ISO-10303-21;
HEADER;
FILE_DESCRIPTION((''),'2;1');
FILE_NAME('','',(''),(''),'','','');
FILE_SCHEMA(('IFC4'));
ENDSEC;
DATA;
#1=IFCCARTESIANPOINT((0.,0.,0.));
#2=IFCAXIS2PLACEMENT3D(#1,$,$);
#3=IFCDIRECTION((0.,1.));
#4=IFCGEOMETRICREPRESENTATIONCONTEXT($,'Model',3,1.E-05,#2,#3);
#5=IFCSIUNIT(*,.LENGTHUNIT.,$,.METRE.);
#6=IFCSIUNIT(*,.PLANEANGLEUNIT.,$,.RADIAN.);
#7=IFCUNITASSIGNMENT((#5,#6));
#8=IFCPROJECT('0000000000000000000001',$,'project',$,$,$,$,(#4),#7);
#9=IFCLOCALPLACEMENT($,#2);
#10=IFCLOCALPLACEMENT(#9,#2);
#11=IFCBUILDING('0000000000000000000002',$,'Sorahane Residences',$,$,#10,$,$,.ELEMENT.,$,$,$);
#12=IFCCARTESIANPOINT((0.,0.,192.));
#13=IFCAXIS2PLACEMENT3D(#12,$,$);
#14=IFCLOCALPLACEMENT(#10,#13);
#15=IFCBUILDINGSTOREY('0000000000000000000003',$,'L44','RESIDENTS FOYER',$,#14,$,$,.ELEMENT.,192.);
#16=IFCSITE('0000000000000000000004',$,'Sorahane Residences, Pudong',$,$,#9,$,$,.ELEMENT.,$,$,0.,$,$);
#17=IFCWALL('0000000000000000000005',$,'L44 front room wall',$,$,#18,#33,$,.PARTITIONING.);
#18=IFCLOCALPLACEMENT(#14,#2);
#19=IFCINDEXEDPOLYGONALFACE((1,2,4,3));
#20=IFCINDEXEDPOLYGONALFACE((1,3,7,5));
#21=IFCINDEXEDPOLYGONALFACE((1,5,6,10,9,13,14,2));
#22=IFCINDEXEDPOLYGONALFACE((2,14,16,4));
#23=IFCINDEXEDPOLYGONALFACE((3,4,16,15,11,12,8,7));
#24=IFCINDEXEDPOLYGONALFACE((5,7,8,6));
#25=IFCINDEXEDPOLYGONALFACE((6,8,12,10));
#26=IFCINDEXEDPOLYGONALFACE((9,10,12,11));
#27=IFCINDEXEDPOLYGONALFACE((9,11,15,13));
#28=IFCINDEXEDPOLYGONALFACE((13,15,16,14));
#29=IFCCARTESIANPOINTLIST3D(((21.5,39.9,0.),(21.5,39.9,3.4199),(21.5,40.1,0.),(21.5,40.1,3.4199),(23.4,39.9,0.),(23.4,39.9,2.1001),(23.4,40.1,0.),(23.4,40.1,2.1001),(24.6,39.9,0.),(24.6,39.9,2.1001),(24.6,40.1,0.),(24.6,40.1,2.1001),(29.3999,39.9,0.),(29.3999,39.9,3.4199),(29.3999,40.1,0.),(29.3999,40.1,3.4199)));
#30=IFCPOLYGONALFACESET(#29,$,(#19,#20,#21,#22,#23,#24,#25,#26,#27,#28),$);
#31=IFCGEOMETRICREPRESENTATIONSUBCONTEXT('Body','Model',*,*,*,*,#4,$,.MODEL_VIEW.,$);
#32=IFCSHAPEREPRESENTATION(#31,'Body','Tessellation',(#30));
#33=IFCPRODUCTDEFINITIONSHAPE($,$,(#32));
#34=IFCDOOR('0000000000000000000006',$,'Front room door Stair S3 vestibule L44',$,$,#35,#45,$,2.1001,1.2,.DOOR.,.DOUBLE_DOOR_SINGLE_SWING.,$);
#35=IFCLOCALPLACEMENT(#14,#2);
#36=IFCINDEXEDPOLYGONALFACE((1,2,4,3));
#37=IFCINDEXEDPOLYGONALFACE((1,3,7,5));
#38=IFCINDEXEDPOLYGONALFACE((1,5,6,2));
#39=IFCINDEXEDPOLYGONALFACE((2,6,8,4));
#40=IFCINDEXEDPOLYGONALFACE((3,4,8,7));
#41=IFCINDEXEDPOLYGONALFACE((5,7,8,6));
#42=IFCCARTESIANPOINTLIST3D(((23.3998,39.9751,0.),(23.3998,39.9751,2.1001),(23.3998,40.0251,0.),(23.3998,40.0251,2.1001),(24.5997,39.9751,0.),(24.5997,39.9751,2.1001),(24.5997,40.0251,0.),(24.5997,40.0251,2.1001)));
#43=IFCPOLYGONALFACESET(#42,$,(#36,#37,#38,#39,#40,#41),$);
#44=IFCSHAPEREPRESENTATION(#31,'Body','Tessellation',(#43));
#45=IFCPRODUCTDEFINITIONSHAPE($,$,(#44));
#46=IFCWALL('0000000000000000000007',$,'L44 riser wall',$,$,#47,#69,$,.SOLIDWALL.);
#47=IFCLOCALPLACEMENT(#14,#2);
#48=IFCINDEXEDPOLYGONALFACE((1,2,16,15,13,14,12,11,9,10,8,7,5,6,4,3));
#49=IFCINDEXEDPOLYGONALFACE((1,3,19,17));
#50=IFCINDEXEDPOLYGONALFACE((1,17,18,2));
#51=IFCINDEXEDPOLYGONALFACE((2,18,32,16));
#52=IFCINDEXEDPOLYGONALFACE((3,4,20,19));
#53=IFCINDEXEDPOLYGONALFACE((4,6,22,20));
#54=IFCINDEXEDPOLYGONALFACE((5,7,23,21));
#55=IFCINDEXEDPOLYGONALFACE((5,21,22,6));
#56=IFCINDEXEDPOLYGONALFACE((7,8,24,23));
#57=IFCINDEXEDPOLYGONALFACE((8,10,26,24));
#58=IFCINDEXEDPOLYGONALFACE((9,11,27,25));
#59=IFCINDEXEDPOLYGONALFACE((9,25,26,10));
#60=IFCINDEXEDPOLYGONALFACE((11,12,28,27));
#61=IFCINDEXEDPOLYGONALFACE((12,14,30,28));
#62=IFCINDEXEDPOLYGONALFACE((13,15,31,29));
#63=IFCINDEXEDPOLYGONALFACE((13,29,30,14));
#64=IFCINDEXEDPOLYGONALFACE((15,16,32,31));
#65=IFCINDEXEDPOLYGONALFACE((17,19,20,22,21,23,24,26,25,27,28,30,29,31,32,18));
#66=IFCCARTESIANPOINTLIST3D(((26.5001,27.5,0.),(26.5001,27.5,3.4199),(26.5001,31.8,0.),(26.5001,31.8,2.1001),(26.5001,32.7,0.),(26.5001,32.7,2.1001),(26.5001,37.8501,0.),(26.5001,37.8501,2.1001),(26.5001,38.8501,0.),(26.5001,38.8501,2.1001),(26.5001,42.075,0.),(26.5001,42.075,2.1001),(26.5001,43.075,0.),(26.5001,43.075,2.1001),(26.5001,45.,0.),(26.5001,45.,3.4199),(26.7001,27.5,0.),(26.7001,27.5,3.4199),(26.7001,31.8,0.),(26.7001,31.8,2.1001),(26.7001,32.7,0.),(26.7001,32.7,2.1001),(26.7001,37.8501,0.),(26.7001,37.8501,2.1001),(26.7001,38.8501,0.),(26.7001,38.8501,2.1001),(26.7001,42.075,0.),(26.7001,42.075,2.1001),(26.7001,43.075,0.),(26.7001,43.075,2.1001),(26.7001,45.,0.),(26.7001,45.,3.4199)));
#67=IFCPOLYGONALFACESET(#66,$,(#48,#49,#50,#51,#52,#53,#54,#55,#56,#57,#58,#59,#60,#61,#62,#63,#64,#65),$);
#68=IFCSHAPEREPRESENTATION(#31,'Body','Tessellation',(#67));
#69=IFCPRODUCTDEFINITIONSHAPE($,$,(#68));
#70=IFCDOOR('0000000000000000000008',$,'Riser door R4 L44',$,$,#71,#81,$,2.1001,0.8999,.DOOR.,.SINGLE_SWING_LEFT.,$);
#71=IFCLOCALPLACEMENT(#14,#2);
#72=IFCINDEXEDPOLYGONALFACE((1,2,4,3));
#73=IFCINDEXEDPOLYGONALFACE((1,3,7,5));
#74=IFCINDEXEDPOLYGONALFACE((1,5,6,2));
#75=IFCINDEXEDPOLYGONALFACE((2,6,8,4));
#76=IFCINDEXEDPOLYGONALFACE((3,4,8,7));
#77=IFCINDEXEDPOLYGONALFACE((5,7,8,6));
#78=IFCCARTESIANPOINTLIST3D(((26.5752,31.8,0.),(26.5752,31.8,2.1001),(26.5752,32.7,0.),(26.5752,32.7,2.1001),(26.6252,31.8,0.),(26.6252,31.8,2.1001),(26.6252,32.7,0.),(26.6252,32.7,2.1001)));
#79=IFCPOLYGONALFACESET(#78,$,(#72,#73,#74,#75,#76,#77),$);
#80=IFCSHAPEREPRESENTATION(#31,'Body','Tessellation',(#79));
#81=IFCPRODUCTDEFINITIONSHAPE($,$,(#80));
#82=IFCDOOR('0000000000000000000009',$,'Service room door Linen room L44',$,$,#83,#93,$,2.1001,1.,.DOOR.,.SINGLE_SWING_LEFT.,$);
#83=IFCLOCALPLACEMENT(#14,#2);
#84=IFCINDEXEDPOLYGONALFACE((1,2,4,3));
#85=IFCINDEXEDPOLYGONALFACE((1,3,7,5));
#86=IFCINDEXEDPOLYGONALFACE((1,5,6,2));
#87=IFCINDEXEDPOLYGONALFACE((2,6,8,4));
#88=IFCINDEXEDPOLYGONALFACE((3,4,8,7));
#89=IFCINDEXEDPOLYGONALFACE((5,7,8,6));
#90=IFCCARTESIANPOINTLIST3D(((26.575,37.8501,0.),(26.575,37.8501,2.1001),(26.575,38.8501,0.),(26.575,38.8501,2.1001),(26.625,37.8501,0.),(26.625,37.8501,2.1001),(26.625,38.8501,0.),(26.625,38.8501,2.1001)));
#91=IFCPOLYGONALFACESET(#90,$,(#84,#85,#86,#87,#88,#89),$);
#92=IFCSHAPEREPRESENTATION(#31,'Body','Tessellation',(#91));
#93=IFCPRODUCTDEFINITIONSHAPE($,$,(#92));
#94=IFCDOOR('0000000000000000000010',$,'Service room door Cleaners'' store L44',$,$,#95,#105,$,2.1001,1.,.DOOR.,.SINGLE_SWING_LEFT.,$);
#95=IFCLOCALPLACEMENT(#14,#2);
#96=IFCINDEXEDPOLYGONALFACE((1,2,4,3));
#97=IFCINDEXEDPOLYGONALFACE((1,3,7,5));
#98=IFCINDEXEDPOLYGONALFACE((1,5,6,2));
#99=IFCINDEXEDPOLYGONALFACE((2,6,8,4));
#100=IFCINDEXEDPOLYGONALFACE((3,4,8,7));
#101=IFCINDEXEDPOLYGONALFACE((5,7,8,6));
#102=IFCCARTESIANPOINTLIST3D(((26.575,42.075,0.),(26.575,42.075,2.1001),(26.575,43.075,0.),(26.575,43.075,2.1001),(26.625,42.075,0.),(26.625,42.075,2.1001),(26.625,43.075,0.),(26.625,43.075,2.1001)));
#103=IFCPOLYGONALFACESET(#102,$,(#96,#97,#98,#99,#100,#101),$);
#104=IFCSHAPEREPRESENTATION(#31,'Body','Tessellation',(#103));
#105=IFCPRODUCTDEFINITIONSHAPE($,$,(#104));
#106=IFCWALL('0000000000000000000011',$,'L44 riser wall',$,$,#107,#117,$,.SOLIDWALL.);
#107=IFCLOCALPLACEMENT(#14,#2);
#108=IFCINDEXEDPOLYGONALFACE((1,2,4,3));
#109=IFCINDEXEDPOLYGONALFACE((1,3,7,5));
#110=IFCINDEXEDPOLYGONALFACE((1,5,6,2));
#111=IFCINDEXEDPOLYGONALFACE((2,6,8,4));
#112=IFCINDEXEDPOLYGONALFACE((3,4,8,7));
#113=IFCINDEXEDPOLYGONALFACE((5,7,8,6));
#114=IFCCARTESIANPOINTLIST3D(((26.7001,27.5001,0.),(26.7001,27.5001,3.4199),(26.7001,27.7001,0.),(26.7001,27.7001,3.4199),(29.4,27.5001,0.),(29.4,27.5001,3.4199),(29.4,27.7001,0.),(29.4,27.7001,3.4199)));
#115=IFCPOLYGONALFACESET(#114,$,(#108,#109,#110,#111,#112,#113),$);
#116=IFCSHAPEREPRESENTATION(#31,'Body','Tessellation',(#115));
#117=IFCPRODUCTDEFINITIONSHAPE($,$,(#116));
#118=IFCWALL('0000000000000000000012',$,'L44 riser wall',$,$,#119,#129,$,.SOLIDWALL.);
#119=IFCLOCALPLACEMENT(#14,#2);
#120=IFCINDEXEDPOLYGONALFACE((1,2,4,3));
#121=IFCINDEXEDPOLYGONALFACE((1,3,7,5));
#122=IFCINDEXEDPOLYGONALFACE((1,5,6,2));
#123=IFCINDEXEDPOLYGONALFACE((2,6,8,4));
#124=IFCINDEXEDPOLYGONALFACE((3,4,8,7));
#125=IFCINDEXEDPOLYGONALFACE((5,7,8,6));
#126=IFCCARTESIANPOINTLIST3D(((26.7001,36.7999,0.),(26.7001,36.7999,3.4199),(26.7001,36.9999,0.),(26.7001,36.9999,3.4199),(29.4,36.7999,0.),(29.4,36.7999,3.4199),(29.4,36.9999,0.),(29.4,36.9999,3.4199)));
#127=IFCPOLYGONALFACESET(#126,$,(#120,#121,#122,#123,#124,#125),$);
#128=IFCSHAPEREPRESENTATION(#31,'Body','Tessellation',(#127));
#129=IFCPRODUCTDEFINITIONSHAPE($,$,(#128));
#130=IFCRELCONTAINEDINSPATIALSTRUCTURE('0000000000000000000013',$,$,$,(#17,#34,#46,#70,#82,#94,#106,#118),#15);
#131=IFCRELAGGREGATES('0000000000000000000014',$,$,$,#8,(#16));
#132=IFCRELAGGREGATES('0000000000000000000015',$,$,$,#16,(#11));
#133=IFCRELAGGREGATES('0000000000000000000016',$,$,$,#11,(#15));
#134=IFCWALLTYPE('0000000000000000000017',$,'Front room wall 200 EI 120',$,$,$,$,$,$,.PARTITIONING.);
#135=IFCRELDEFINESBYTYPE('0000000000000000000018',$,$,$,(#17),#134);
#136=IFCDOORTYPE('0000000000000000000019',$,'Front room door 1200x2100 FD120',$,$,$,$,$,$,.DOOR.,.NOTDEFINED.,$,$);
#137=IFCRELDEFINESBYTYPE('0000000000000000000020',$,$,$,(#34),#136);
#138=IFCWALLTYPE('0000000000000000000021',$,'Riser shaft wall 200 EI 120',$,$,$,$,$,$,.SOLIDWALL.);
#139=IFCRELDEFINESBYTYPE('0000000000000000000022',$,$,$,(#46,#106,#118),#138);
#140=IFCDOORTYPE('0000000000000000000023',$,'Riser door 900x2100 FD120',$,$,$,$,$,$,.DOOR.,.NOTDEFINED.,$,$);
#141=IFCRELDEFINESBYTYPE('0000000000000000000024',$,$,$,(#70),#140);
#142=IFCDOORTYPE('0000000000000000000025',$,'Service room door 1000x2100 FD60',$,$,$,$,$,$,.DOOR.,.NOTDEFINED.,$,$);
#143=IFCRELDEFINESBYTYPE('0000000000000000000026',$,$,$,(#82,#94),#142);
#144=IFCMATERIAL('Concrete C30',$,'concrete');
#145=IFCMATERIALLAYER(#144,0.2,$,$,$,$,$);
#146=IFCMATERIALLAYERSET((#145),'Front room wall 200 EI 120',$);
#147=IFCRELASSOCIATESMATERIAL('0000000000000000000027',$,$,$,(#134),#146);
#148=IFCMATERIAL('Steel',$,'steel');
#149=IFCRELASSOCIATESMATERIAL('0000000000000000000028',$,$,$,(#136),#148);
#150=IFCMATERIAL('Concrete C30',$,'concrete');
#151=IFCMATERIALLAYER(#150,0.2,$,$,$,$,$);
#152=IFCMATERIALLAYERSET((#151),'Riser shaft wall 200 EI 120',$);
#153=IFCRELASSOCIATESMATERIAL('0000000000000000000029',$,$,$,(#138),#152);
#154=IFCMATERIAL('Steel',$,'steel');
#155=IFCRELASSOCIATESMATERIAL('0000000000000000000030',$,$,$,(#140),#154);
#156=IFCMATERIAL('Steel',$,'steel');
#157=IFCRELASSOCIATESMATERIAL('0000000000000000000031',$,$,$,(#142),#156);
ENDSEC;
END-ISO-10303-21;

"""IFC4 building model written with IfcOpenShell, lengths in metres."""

from ifc_helpers import new_model, si_unit, direction, frame, frame_2d, origin, place, context, subcontext, project, spatial, rectangle, extrude, material, layer, layer_set, type_object, element, fill, save


model = new_model("IFC4")

# Units and contexts
model_context = context("Model", 3, precision=1e-05, world=origin(), true_north=direction((0.0, 1.0)))
body_context = subcontext(model_context, "Body", "Model", "MODEL_VIEW")
ifc_project = project(units=[si_unit("LENGTHUNIT", "METRE"), si_unit("PLANEANGLEUNIT", "RADIAN")], contexts=[model_context])

# Site, building, storey
site_placement = place(None, origin())
site = spatial("IfcSite", under=ifc_project, at=site_placement, Name="Sorahane Residences, Pudong", CompositionType="ELEMENT", RefElevation=0.0)
building_placement = place(site_placement, origin())
building = spatial("IfcBuilding", under=site, at=building_placement, Name="Sorahane Residences", CompositionType="ELEMENT")
storey_placement = place(building_placement, frame((0.0, 0.0, 192.0)))
storey = spatial("IfcBuildingStorey", under=building, at=storey_placement, Name="L44", Description="RESIDENTS FOYER", CompositionType="ELEMENT", Elevation=192.0)

# Wall, opening, door
ifc_material_1 = material(Name="Concrete C30", Category="concrete")
ifc_layer_1 = layer(ifc_material_1, 0.2)
ifc_layer_set_1 = layer_set([ifc_layer_1], Name="Front room wall 200 EI 120")
wall_type_1 = type_object("IfcWallType", Name="Front room wall 200 EI 120", PredefinedType="PARTITIONING", material=ifc_layer_set_1)
wall_1_placement = place(storey_placement, frame((21.5, 40.0, 0.0), z_axis=(0.0, 0.0, 1.0), x_axis=(1.0, 0.0, 0.0)))
wall_1 = element("IfcWall", 1, at=wall_1_placement, inside=storey, type_object=wall_type_1, Name="L44 front room wall", PredefinedType="PARTITIONING", context=body_context, shape_type="SweptSolid", body=[
    extrude(rectangle(XDim=7.8999, YDim=0.2, at=frame_2d((3.95, 0.0))), origin(), (0.0, 0.0, 1.0), 3.4199),
])
opening_1_placement = place(wall_1_placement, frame((1.8999, 0.0, 0.0)))
opening_1 = element("IfcOpeningElement", 2, at=opening_1_placement, cuts=wall_1, PredefinedType="OPENING", context=body_context, shape_type="SweptSolid", body=[
    extrude(rectangle(XDim=1.2, YDim=2.1001, at=frame_2d((0.6001, 1.05))), frame((0.0, 0.1099, 0.0), z_axis=(0.0, -1.0, 0.0), x_axis=(1.0, 0.0, 0.0)), (0.0, 0.0, 1.0), 0.22),
])
ifc_material_2 = material(Name="Steel", Category="steel")
door_type_1 = type_object("IfcDoorType", Name="Front room door 1200x2100 FD120", OperationType="NOTDEFINED", PredefinedType="DOOR", material=ifc_material_2)
door_1_placement = place(opening_1_placement, frame((1.2, 0.0, 0.0), z_axis=(0.0, 0.0, 1.0), x_axis=(-1.0, 0.0, 0.0)))
door_1 = element("IfcDoor", 3, at=door_1_placement, inside=storey, type_object=door_type_1, Name="Front room door Stair S3 vestibule L44", OperationType="DOUBLE_DOOR_SINGLE_SWING", OverallHeight=2.1001, OverallWidth=1.2, PredefinedType="DOOR", context=body_context, shape_type="SweptSolid", body=[
    extrude(rectangle(XDim=1.2, YDim=2.1001, at=frame_2d((0.6001, 1.05))), frame((0.0, 0.0249, 0.0), z_axis=(0.0, -1.0, 0.0), x_axis=(1.0, 0.0, 0.0)), (0.0, 0.0, 1.0), 0.05),
])
fill(opening_1, door_1)

# Wall, openings, doors
ifc_material_3 = material(Name="Concrete C30", Category="concrete")
ifc_layer_2 = layer(ifc_material_3, 0.2)
ifc_layer_set_2 = layer_set([ifc_layer_2], Name="Riser shaft wall 200 EI 120")
wall_type_2 = type_object("IfcWallType", Name="Riser shaft wall 200 EI 120", PredefinedType="SOLIDWALL", material=ifc_layer_set_2)
wall_2_placement = place(storey_placement, frame((26.6001, 27.5, 0.0), z_axis=(0.0, 0.0, 1.0), x_axis=(0.0, 1.0, 0.0)))
wall_2 = element("IfcWall", 4, at=wall_2_placement, inside=storey, type_object=wall_type_2, Name="L44 riser wall", PredefinedType="SOLIDWALL", context=body_context, shape_type="SweptSolid", body=[
    extrude(rectangle(XDim=17.5, YDim=0.2, at=frame_2d((8.75, 0.0))), origin(), (0.0, 0.0, 1.0), 3.4199),
])
opening_2_placement = place(wall_2_placement, frame((4.3, 0.0, 0.0)))
opening_2 = element("IfcOpeningElement", 5, at=opening_2_placement, cuts=wall_2, PredefinedType="OPENING", context=body_context, shape_type="SweptSolid", body=[
    extrude(rectangle(XDim=0.8999, YDim=2.1001, at=frame_2d((0.45, 1.05))), frame((0.0, 0.1099, 0.0), z_axis=(0.0, -1.0, 0.0), x_axis=(1.0, 0.0, 0.0)), (0.0, 0.0, 1.0), 0.22),
])
opening_3_placement = place(wall_2_placement, frame((10.3501, 0.0, 0.0)))
opening_3 = element("IfcOpeningElement", 6, at=opening_3_placement, cuts=wall_2, PredefinedType="OPENING", context=body_context, shape_type="SweptSolid", body=[
    extrude(rectangle(XDim=1.0, YDim=2.1001, at=frame_2d((0.5, 1.05))), frame((0.0, 0.1099, 0.0), z_axis=(0.0, -1.0, 0.0), x_axis=(1.0, 0.0, 0.0)), (0.0, 0.0, 1.0), 0.22),
])
opening_4_placement = place(wall_2_placement, frame((14.575, 0.0, 0.0)))
opening_4 = element("IfcOpeningElement", 7, at=opening_4_placement, cuts=wall_2, PredefinedType="OPENING", context=body_context, shape_type="SweptSolid", body=[
    extrude(rectangle(XDim=1.0, YDim=2.1001, at=frame_2d((0.5, 1.05))), frame((0.0, 0.1099, 0.0), z_axis=(0.0, -1.0, 0.0), x_axis=(1.0, 0.0, 0.0)), (0.0, 0.0, 1.0), 0.22),
])
ifc_material_4 = material(Name="Steel", Category="steel")
door_type_2 = type_object("IfcDoorType", Name="Riser door 900x2100 FD120", OperationType="NOTDEFINED", PredefinedType="DOOR", material=ifc_material_4)
door_2_placement = place(opening_2_placement, origin())
door_2 = element("IfcDoor", 8, at=door_2_placement, inside=storey, type_object=door_type_2, Name="Riser door R4 L44", OperationType="SINGLE_SWING_LEFT", OverallHeight=2.1001, OverallWidth=0.8999, PredefinedType="DOOR", context=body_context, shape_type="SweptSolid", body=[
    extrude(rectangle(XDim=0.8999, YDim=2.1001, at=frame_2d((0.45, 1.05))), frame((0.0, 0.0249, 0.0), z_axis=(0.0, -1.0, 0.0), x_axis=(1.0, 0.0, 0.0)), (0.0, 0.0, 1.0), 0.05),
])
fill(opening_2, door_2)
ifc_material_5 = material(Name="Steel", Category="steel")
door_type_3 = type_object("IfcDoorType", Name="Service room door 1000x2100 FD60", OperationType="NOTDEFINED", PredefinedType="DOOR", material=ifc_material_5)
door_3_placement = place(opening_3_placement, frame((1.0, 0.0, 0.0), z_axis=(0.0, 0.0, 1.0), x_axis=(-1.0, 0.0, 0.0)))
door_3 = element("IfcDoor", 9, at=door_3_placement, inside=storey, type_object=door_type_3, Name="Service room door Linen room L44", OperationType="SINGLE_SWING_LEFT", OverallHeight=2.1001, OverallWidth=1.0, PredefinedType="DOOR", context=body_context, shape_type="SweptSolid", body=[
    extrude(rectangle(XDim=1.0, YDim=2.1001, at=frame_2d((0.5, 1.05))), frame((0.0, 0.0249, 0.0), z_axis=(0.0, -1.0, 0.0), x_axis=(1.0, 0.0, 0.0)), (0.0, 0.0, 1.0), 0.05),
])
fill(opening_3, door_3)
door_4_placement = place(opening_4_placement, frame((1.0, 0.0, 0.0), z_axis=(0.0, 0.0, 1.0), x_axis=(-1.0, 0.0, 0.0)))
door_4 = element("IfcDoor", 10, at=door_4_placement, inside=storey, type_object=door_type_3, Name="Service room door Cleaners' store L44", OperationType="SINGLE_SWING_LEFT", OverallHeight=2.1001, OverallWidth=1.0, PredefinedType="DOOR", context=body_context, shape_type="SweptSolid", body=[
    extrude(rectangle(XDim=1.0, YDim=2.1001, at=frame_2d((0.5, 1.05))), frame((0.0, 0.0249, 0.0), z_axis=(0.0, -1.0, 0.0), x_axis=(1.0, 0.0, 0.0)), (0.0, 0.0, 1.0), 0.05),
])
fill(opening_4, door_4)

# Walls
for number, where, z_axis, x_axis, name in (
    (11, (26.7, 27.6001, 0.0), (0.0, 0.0, 1.0), (1.0, 0.0, 0.0), "L44 riser wall"),
    (12, (26.7, 36.8999, 0.0), (0.0, 0.0, 1.0), (1.0, 0.0, 0.0), "L44 riser wall"),
):
    element("IfcWall", number, at=place(storey_placement, frame(where, z_axis=z_axis, x_axis=x_axis)), inside=storey, type_object=wall_type_2, Name=name, PredefinedType="SOLIDWALL", context=body_context, shape_type="SweptSolid", body=[
        extrude(rectangle(XDim=2.7, YDim=0.2, at=frame_2d((1.3501, 0.0))), origin(), (0.0, 0.0, 1.0), 3.4199),
    ])

save(model, "model.ifc")
